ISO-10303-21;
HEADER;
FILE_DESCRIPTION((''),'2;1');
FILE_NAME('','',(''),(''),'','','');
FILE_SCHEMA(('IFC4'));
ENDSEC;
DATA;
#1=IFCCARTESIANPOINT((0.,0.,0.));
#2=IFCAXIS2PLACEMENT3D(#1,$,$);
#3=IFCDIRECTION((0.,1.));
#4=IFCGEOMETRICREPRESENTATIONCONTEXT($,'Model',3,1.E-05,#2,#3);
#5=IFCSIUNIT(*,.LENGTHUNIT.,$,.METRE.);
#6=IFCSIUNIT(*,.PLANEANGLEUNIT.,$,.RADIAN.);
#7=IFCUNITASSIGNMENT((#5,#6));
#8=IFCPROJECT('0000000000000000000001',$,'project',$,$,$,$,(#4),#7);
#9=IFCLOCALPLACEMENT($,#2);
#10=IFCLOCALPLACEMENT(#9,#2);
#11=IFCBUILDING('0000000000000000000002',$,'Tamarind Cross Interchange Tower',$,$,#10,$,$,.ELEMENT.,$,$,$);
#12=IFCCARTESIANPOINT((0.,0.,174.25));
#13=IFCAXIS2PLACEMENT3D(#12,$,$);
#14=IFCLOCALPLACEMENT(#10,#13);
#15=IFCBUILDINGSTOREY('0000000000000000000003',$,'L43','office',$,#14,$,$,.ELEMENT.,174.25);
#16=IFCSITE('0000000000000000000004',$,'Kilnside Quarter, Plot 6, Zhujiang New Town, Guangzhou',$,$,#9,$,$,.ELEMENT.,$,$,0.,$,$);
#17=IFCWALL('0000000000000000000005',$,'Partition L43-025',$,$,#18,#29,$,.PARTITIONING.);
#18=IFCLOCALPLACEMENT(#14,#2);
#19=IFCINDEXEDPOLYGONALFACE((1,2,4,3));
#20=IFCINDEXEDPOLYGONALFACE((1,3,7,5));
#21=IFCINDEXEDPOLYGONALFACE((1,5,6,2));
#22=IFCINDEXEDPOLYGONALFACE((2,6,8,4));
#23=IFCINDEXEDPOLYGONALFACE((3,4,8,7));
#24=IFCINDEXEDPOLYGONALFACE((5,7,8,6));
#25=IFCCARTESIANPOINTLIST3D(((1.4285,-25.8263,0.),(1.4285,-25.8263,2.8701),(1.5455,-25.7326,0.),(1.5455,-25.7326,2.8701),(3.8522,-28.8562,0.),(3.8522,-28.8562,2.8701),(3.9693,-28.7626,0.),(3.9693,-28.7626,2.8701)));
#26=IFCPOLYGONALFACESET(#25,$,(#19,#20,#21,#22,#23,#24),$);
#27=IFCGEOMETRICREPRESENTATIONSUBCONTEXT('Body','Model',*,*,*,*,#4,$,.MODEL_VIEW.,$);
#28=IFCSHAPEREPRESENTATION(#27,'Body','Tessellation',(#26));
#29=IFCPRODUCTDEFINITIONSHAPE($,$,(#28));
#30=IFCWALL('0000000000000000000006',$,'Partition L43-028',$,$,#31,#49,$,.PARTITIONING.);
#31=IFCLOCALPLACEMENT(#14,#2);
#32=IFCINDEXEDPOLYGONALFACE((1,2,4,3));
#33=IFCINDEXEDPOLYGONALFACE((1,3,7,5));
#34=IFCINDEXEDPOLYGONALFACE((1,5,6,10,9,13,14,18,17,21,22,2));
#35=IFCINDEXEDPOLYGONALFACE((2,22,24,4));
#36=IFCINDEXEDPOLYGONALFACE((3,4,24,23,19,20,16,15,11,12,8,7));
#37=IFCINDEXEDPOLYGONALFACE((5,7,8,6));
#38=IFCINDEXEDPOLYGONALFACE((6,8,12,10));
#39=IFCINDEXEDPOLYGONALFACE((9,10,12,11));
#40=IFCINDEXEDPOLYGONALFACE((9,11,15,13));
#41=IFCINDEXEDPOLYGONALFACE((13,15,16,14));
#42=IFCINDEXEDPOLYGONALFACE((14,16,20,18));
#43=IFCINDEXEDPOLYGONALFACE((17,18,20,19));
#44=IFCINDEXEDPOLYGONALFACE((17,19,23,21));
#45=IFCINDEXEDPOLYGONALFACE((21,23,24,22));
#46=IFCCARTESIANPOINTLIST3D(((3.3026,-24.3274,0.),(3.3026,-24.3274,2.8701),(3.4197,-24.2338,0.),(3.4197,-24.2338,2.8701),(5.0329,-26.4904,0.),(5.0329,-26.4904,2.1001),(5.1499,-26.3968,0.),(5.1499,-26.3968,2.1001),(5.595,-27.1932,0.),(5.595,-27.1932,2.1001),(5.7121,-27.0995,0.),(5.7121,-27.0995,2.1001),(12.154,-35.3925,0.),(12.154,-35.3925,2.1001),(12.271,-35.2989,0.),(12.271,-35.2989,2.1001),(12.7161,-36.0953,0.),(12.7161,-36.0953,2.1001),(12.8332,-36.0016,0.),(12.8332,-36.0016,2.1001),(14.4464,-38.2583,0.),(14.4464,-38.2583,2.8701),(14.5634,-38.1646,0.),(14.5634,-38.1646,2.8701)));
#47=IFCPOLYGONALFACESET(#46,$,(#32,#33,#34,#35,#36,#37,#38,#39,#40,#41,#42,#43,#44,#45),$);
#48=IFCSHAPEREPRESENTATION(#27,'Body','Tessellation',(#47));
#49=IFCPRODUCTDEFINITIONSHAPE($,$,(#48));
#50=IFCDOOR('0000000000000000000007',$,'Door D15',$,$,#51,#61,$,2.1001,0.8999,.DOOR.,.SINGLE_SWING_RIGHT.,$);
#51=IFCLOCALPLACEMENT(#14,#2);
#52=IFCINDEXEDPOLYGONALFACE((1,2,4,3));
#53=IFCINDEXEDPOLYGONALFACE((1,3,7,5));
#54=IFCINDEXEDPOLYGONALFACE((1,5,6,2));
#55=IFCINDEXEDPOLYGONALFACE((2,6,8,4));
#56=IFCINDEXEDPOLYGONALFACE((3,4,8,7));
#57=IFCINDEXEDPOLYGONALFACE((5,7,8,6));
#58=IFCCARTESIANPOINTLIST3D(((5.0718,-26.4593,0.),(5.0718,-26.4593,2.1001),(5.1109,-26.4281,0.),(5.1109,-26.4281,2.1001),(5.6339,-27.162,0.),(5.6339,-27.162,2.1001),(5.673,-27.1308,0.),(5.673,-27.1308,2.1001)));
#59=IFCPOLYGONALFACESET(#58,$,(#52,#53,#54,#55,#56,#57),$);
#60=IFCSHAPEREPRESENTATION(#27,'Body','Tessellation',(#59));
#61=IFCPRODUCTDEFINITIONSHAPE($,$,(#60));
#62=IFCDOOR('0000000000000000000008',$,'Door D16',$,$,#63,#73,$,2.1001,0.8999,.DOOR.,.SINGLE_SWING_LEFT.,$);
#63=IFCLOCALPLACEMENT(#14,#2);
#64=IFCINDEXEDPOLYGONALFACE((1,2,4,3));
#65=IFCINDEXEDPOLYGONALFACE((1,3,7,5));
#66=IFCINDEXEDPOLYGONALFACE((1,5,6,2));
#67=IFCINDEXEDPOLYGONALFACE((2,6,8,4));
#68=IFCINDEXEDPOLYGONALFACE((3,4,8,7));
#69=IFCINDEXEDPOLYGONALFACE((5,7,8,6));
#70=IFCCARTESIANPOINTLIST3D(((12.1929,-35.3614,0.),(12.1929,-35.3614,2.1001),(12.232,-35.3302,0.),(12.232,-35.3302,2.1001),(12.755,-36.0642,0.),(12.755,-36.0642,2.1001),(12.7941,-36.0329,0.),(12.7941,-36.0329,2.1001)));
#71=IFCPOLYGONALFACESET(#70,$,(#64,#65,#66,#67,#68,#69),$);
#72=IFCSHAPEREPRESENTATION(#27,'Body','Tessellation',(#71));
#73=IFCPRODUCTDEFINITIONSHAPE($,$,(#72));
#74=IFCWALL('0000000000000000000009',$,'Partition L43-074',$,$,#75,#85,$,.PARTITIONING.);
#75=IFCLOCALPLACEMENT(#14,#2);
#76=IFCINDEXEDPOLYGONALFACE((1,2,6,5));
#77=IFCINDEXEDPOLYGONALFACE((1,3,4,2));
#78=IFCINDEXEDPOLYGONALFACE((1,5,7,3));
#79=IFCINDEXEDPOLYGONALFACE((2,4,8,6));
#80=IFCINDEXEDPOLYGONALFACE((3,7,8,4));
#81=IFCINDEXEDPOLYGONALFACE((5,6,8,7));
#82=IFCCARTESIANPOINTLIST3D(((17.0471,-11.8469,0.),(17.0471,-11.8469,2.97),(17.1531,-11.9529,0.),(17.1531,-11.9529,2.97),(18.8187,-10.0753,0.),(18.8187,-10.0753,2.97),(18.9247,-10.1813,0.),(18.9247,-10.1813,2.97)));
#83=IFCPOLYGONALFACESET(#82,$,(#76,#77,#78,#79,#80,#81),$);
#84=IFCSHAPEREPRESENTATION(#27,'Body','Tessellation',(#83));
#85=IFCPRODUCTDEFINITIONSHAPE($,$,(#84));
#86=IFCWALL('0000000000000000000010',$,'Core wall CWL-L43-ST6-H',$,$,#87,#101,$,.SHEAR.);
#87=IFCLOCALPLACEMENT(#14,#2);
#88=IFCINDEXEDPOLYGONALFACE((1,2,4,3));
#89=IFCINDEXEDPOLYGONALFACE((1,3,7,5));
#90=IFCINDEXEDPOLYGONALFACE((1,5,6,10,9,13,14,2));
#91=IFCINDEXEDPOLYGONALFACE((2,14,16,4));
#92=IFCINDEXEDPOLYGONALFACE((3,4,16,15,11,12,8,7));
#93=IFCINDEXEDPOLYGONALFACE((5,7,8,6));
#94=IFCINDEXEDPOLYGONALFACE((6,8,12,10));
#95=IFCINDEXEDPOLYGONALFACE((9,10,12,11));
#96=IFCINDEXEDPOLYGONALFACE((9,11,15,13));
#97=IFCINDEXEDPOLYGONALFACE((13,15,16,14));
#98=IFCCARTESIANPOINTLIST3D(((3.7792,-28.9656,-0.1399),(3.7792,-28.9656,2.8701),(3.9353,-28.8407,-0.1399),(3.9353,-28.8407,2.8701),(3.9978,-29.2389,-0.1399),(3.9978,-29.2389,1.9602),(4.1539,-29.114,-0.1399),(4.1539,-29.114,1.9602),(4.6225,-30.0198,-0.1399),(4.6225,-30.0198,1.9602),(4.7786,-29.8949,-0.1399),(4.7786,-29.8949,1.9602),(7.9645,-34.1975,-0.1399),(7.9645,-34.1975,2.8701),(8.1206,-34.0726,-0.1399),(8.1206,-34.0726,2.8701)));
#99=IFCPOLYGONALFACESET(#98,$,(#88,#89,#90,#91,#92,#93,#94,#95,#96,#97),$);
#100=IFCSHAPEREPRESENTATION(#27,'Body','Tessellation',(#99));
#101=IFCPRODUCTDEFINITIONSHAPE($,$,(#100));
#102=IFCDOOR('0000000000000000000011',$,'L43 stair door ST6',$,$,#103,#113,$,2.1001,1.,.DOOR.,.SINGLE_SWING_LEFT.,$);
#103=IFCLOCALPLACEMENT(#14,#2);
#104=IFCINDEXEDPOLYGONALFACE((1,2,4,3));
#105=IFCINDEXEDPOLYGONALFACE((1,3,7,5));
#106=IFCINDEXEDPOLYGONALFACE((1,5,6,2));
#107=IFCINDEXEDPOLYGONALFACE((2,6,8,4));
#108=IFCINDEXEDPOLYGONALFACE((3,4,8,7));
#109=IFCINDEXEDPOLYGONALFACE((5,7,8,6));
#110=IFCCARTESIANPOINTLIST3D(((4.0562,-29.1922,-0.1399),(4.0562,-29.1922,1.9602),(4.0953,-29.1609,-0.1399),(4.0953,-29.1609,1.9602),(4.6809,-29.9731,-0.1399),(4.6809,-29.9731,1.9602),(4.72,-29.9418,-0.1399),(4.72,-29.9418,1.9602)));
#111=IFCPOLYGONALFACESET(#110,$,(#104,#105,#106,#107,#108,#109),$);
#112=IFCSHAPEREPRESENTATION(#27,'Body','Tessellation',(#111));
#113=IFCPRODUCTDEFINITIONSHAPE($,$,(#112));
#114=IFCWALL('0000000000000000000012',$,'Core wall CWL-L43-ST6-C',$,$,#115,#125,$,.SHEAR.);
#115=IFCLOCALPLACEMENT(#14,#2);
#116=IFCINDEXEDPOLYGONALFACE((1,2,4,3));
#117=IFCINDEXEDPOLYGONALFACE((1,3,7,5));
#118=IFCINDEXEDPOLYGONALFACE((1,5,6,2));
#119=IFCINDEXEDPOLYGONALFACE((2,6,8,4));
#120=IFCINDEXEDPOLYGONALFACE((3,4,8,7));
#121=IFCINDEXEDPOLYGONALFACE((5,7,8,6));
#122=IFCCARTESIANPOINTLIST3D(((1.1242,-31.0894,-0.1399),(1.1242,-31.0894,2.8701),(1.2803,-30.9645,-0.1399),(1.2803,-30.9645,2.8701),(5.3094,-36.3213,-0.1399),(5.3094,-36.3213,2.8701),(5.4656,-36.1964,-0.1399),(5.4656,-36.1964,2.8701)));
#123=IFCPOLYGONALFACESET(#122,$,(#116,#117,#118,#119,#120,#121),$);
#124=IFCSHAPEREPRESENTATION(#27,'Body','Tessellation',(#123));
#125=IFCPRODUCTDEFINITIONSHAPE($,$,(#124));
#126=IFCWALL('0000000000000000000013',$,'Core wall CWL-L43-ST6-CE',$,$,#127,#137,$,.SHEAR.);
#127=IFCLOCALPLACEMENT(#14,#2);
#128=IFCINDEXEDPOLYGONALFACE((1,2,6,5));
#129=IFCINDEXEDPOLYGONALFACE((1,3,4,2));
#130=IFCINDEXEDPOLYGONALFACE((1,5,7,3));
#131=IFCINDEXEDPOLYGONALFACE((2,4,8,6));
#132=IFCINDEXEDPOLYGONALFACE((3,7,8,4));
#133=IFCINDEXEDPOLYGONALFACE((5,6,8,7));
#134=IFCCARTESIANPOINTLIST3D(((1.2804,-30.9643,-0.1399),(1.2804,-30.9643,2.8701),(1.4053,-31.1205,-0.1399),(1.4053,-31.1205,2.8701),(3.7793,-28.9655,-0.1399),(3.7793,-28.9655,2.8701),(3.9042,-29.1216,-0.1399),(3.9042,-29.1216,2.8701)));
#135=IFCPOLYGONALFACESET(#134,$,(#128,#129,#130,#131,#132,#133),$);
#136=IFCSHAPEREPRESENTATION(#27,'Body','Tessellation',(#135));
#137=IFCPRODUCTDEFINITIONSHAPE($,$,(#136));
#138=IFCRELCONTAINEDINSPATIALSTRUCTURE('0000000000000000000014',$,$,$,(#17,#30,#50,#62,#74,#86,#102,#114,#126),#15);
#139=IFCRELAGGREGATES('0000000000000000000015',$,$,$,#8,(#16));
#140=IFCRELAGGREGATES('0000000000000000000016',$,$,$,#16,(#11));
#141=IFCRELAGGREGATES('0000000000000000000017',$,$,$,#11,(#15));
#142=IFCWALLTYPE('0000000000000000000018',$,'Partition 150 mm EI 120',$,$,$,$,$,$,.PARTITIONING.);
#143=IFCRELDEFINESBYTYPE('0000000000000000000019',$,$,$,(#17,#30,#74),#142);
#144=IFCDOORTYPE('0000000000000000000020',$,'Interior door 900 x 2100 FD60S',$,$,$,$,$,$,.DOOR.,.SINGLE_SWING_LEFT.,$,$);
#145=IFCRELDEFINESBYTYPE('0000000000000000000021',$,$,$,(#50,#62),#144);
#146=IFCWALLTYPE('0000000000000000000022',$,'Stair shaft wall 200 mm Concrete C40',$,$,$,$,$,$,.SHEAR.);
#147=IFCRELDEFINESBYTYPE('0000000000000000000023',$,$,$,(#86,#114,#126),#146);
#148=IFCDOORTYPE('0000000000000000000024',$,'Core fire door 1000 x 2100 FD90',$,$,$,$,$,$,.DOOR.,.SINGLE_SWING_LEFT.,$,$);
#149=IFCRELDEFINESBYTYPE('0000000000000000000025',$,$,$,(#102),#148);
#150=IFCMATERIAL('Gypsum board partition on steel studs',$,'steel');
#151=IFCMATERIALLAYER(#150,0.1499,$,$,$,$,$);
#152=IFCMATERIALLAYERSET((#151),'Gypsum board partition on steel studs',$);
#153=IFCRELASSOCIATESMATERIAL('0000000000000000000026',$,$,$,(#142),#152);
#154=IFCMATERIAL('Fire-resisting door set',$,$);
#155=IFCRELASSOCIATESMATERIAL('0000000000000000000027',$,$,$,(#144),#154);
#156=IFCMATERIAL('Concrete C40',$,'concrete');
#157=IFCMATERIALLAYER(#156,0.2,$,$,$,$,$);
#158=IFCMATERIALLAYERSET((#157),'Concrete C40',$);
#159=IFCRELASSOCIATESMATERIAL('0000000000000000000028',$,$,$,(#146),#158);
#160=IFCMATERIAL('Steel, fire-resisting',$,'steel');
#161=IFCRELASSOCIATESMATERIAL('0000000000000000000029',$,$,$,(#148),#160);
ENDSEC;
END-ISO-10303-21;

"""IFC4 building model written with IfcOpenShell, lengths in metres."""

from ifc_helpers import new_model, si_unit, direction, frame, frame_2d, origin, place, context, subcontext, project, spatial, rectangle, extrude, material, layer, layer_set, type_object, element, fill, save


model = new_model("IFC4")

# Units and contexts
model_context = context("Model", 3, precision=1e-05, world=origin(), true_north=direction((0.0, 1.0)))
body_context = subcontext(model_context, "Body", "Model", "MODEL_VIEW")
ifc_project = project(units=[si_unit("LENGTHUNIT", "METRE"), si_unit("PLANEANGLEUNIT", "RADIAN")], contexts=[model_context])

# Site, building, storey
site_placement = place(None, origin())
site = spatial("IfcSite", under=ifc_project, at=site_placement, Name="Kilnside Quarter, Plot 6, Zhujiang New Town, Guangzhou", CompositionType="ELEMENT", RefElevation=0.0)
building_placement = place(site_placement, origin())
building = spatial("IfcBuilding", under=site, at=building_placement, Name="Tamarind Cross Interchange Tower", CompositionType="ELEMENT")
storey_placement = place(building_placement, frame((0.0, 0.0, 174.25)))
storey = spatial("IfcBuildingStorey", under=building, at=storey_placement, Name="L43", Description="office", CompositionType="ELEMENT", Elevation=174.25)

# Wall
ifc_material_1 = material(Name="Gypsum board partition on steel studs", Category="steel")
ifc_layer_1 = layer(ifc_material_1, 0.1499)
ifc_layer_set_1 = layer_set([ifc_layer_1], Name="Gypsum board partition on steel studs")
wall_type_1 = type_object("IfcWallType", Name="Partition 150 mm EI 120", PredefinedType="PARTITIONING", material=ifc_layer_set_1)
wall_1_placement = place(storey_placement, frame((1.4871, -25.7795, 0.0), z_axis=(0.0, 0.0, 1.0), x_axis=(0.624664, -0.780893, 0.0)))
element("IfcWall", 1, at=wall_1_placement, inside=storey, type_object=wall_type_1, Name="Partition L43-025", PredefinedType="PARTITIONING", context=body_context, shape_type="SweptSolid", body=[
    extrude(rectangle(XDim=3.8801, YDim=0.1499, at=frame_2d((1.9399, 0.0))), origin(), (0.0, 0.0, 1.0), 2.8701),
])

# Wall, openings, doors
wall_2_placement = place(storey_placement, frame((3.3611, -24.2805, 0.0), z_axis=(0.0, 0.0, 1.0), x_axis=(0.624663, -0.780894, 0.0)))
wall_2 = element("IfcWall", 2, at=wall_2_placement, inside=storey, type_object=wall_type_1, Name="Partition L43-028", PredefinedType="PARTITIONING", context=body_context, shape_type="SweptSolid", body=[
    extrude(rectangle(XDim=17.8396, YDim=0.1499, at=frame_2d((8.9199, 0.0))), origin(), (0.0, 0.0, 1.0), 2.8701),
])
opening_1_placement = place(wall_2_placement, frame((2.77, 0.0, 0.0)))
opening_1 = element("IfcOpeningElement", 3, at=opening_1_placement, cuts=wall_2, PredefinedType="OPENING", context=body_context, shape_type="SweptSolid", body=[
    extrude(rectangle(XDim=0.8999, YDim=2.1001, at=frame_2d((0.45, 1.05))), frame((0.0, 0.085, 0.0), z_axis=(0.0, -1.0, 0.0), x_axis=(1.0, 0.0, 0.0)), (0.0, 0.0, 1.0), 0.1699),
])
opening_2_placement = place(wall_2_placement, frame((14.1699, 0.0, 0.0)))
opening_2 = element("IfcOpeningElement", 4, at=opening_2_placement, cuts=wall_2, PredefinedType="OPENING", context=body_context, shape_type="SweptSolid", body=[
    extrude(rectangle(XDim=0.8999, YDim=2.1001, at=frame_2d((0.45, 1.05))), frame((0.0, 0.085, 0.0), z_axis=(0.0, -1.0, 0.0), x_axis=(1.0, 0.0, 0.0)), (0.0, 0.0, 1.0), 0.1699),
])
ifc_material_2 = material(Name="Fire-resisting door set")
door_type_1 = type_object("IfcDoorType", Name="Interior door 900 x 2100 FD60S", OperationType="SINGLE_SWING_LEFT", PredefinedType="DOOR", material=ifc_material_2)
door_1_placement = place(opening_1_placement, origin())
door_1 = element("IfcDoor", 5, at=door_1_placement, inside=storey, type_object=door_type_1, Name="Door D15", OperationType="SINGLE_SWING_RIGHT", OverallHeight=2.1001, OverallWidth=0.8999, PredefinedType="DOOR", context=body_context, shape_type="SweptSolid", body=[
    extrude(rectangle(XDim=0.8999, YDim=2.1001, at=frame_2d((0.45, 1.05))), frame((0.0, 0.0249, 0.0), z_axis=(0.0, -1.0, 0.0), x_axis=(1.0, 0.0, 0.0)), (0.0, 0.0, 1.0), 0.05),
])
fill(opening_1, door_1)
door_2_placement = place(opening_2_placement, origin())
door_2 = element("IfcDoor", 6, at=door_2_placement, inside=storey, type_object=door_type_1, Name="Door D16", OperationType="SINGLE_SWING_LEFT", OverallHeight=2.1001, OverallWidth=0.8999, PredefinedType="DOOR", context=body_context, shape_type="SweptSolid", body=[
    extrude(rectangle(XDim=0.8999, YDim=2.1001, at=frame_2d((0.45, 1.05))), frame((0.0, 0.0249, 0.0), z_axis=(0.0, -1.0, 0.0), x_axis=(1.0, 0.0, 0.0)), (0.0, 0.0, 1.0), 0.05),
])
fill(opening_2, door_2)

# Wall
wall_3_placement = place(storey_placement, frame((17.1001, -11.8999, 0.0), z_axis=(0.0, 0.0, 1.0), x_axis=(0.707107, 0.707107, 0.0)))
element("IfcWall", 7, at=wall_3_placement, inside=storey, type_object=wall_type_1, Name="Partition L43-074", PredefinedType="PARTITIONING", context=body_context, shape_type="SweptSolid", body=[
    extrude(rectangle(XDim=2.5054, YDim=0.1499, at=frame_2d((1.2527, 0.0))), origin(), (0.0, 0.0, 1.0), 2.97),
])

# Wall, opening, door
ifc_material_3 = material(Name="Concrete C40", Category="concrete")
ifc_layer_2 = layer(ifc_material_3, 0.2)
ifc_layer_set_2 = layer_set([ifc_layer_2], Name="Concrete C40")
wall_type_2 = type_object("IfcWallType", Name="Stair shaft wall 200 mm Concrete C40", PredefinedType="SHEAR", material=ifc_layer_set_2)
wall_4_placement = place(storey_placement, frame((3.8572, -28.9031, -0.1399), z_axis=(0.0, 0.0, 1.0), x_axis=(0.624673, -0.780887, 0.0)))
wall_4 = element("IfcWall", 8, at=wall_4_placement, inside=storey, type_object=wall_type_2, Name="Core wall CWL-L43-ST6-H", PredefinedType="SHEAR", context=body_context, shape_type="SweptSolid", body=[
    extrude(rectangle(XDim=6.7, YDim=0.2, at=frame_2d((3.3501, 0.0))), origin(), (0.0, 0.0, 1.0), 3.01),
])
opening_3_placement = place(wall_4_placement, frame((0.3501, 0.0, 0.0)))
opening_3 = element("IfcOpeningElement", 9, at=opening_3_placement, cuts=wall_4, PredefinedType="OPENING", context=body_context, shape_type="SweptSolid", body=[
    extrude(rectangle(XDim=1.0, YDim=2.1001, at=frame_2d((0.5, 1.05))), frame((0.0, 0.1099, 0.0), z_axis=(0.0, -1.0, 0.0), x_axis=(1.0, 0.0, 0.0)), (0.0, 0.0, 1.0), 0.22),
])
ifc_material_4 = material(Name="Steel, fire-resisting", Category="steel")
door_type_2 = type_object("IfcDoorType", Name="Core fire door 1000 x 2100 FD90", OperationType="SINGLE_SWING_LEFT", PredefinedType="DOOR", material=ifc_material_4)
door_3_placement = place(opening_3_placement, origin())
door_3 = element("IfcDoor", 10, at=door_3_placement, inside=storey, type_object=door_type_2, Name="L43 stair door ST6", OperationType="SINGLE_SWING_LEFT", OverallHeight=2.1001, OverallWidth=1.0, PredefinedType="DOOR", context=body_context, shape_type="SweptSolid", body=[
    extrude(rectangle(XDim=1.0, YDim=2.1001, at=frame_2d((0.5, 1.05))), frame((0.0, 0.0249, 0.0), z_axis=(0.0, -1.0, 0.0), x_axis=(1.0, 0.0, 0.0)), (0.0, 0.0, 1.0), 0.05),
])
fill(opening_3, door_3)

# Walls
wall_5_placement = place(storey_placement, frame((1.2021, -31.0269, -0.1399), z_axis=(0.0, 0.0, 1.0), x_axis=(0.624673, -0.780887, 0.0)))
element("IfcWall", 11, at=wall_5_placement, inside=storey, type_object=wall_type_2, Name="Core wall CWL-L43-ST6-C", PredefinedType="SHEAR", context=body_context, shape_type="SweptSolid", body=[
    extrude(rectangle(XDim=6.7, YDim=0.2, at=frame_2d((3.3501, 0.0))), origin(), (0.0, 0.0, 1.0), 3.01),
])
wall_6_placement = place(storey_placement, frame((1.3428, -31.0425, -0.1399), z_axis=(0.0, 0.0, 1.0), x_axis=(0.780906, 0.624649, 0.0)))
element("IfcWall", 12, at=wall_6_placement, inside=storey, type_object=wall_type_2, Name="Core wall CWL-L43-ST6-CE", PredefinedType="SHEAR", context=body_context, shape_type="SweptSolid", body=[
    extrude(rectangle(XDim=3.2, YDim=0.2, at=frame_2d((1.6001, 0.0))), origin(), (0.0, 0.0, 1.0), 3.01),
])

save(model, "model.ifc")
